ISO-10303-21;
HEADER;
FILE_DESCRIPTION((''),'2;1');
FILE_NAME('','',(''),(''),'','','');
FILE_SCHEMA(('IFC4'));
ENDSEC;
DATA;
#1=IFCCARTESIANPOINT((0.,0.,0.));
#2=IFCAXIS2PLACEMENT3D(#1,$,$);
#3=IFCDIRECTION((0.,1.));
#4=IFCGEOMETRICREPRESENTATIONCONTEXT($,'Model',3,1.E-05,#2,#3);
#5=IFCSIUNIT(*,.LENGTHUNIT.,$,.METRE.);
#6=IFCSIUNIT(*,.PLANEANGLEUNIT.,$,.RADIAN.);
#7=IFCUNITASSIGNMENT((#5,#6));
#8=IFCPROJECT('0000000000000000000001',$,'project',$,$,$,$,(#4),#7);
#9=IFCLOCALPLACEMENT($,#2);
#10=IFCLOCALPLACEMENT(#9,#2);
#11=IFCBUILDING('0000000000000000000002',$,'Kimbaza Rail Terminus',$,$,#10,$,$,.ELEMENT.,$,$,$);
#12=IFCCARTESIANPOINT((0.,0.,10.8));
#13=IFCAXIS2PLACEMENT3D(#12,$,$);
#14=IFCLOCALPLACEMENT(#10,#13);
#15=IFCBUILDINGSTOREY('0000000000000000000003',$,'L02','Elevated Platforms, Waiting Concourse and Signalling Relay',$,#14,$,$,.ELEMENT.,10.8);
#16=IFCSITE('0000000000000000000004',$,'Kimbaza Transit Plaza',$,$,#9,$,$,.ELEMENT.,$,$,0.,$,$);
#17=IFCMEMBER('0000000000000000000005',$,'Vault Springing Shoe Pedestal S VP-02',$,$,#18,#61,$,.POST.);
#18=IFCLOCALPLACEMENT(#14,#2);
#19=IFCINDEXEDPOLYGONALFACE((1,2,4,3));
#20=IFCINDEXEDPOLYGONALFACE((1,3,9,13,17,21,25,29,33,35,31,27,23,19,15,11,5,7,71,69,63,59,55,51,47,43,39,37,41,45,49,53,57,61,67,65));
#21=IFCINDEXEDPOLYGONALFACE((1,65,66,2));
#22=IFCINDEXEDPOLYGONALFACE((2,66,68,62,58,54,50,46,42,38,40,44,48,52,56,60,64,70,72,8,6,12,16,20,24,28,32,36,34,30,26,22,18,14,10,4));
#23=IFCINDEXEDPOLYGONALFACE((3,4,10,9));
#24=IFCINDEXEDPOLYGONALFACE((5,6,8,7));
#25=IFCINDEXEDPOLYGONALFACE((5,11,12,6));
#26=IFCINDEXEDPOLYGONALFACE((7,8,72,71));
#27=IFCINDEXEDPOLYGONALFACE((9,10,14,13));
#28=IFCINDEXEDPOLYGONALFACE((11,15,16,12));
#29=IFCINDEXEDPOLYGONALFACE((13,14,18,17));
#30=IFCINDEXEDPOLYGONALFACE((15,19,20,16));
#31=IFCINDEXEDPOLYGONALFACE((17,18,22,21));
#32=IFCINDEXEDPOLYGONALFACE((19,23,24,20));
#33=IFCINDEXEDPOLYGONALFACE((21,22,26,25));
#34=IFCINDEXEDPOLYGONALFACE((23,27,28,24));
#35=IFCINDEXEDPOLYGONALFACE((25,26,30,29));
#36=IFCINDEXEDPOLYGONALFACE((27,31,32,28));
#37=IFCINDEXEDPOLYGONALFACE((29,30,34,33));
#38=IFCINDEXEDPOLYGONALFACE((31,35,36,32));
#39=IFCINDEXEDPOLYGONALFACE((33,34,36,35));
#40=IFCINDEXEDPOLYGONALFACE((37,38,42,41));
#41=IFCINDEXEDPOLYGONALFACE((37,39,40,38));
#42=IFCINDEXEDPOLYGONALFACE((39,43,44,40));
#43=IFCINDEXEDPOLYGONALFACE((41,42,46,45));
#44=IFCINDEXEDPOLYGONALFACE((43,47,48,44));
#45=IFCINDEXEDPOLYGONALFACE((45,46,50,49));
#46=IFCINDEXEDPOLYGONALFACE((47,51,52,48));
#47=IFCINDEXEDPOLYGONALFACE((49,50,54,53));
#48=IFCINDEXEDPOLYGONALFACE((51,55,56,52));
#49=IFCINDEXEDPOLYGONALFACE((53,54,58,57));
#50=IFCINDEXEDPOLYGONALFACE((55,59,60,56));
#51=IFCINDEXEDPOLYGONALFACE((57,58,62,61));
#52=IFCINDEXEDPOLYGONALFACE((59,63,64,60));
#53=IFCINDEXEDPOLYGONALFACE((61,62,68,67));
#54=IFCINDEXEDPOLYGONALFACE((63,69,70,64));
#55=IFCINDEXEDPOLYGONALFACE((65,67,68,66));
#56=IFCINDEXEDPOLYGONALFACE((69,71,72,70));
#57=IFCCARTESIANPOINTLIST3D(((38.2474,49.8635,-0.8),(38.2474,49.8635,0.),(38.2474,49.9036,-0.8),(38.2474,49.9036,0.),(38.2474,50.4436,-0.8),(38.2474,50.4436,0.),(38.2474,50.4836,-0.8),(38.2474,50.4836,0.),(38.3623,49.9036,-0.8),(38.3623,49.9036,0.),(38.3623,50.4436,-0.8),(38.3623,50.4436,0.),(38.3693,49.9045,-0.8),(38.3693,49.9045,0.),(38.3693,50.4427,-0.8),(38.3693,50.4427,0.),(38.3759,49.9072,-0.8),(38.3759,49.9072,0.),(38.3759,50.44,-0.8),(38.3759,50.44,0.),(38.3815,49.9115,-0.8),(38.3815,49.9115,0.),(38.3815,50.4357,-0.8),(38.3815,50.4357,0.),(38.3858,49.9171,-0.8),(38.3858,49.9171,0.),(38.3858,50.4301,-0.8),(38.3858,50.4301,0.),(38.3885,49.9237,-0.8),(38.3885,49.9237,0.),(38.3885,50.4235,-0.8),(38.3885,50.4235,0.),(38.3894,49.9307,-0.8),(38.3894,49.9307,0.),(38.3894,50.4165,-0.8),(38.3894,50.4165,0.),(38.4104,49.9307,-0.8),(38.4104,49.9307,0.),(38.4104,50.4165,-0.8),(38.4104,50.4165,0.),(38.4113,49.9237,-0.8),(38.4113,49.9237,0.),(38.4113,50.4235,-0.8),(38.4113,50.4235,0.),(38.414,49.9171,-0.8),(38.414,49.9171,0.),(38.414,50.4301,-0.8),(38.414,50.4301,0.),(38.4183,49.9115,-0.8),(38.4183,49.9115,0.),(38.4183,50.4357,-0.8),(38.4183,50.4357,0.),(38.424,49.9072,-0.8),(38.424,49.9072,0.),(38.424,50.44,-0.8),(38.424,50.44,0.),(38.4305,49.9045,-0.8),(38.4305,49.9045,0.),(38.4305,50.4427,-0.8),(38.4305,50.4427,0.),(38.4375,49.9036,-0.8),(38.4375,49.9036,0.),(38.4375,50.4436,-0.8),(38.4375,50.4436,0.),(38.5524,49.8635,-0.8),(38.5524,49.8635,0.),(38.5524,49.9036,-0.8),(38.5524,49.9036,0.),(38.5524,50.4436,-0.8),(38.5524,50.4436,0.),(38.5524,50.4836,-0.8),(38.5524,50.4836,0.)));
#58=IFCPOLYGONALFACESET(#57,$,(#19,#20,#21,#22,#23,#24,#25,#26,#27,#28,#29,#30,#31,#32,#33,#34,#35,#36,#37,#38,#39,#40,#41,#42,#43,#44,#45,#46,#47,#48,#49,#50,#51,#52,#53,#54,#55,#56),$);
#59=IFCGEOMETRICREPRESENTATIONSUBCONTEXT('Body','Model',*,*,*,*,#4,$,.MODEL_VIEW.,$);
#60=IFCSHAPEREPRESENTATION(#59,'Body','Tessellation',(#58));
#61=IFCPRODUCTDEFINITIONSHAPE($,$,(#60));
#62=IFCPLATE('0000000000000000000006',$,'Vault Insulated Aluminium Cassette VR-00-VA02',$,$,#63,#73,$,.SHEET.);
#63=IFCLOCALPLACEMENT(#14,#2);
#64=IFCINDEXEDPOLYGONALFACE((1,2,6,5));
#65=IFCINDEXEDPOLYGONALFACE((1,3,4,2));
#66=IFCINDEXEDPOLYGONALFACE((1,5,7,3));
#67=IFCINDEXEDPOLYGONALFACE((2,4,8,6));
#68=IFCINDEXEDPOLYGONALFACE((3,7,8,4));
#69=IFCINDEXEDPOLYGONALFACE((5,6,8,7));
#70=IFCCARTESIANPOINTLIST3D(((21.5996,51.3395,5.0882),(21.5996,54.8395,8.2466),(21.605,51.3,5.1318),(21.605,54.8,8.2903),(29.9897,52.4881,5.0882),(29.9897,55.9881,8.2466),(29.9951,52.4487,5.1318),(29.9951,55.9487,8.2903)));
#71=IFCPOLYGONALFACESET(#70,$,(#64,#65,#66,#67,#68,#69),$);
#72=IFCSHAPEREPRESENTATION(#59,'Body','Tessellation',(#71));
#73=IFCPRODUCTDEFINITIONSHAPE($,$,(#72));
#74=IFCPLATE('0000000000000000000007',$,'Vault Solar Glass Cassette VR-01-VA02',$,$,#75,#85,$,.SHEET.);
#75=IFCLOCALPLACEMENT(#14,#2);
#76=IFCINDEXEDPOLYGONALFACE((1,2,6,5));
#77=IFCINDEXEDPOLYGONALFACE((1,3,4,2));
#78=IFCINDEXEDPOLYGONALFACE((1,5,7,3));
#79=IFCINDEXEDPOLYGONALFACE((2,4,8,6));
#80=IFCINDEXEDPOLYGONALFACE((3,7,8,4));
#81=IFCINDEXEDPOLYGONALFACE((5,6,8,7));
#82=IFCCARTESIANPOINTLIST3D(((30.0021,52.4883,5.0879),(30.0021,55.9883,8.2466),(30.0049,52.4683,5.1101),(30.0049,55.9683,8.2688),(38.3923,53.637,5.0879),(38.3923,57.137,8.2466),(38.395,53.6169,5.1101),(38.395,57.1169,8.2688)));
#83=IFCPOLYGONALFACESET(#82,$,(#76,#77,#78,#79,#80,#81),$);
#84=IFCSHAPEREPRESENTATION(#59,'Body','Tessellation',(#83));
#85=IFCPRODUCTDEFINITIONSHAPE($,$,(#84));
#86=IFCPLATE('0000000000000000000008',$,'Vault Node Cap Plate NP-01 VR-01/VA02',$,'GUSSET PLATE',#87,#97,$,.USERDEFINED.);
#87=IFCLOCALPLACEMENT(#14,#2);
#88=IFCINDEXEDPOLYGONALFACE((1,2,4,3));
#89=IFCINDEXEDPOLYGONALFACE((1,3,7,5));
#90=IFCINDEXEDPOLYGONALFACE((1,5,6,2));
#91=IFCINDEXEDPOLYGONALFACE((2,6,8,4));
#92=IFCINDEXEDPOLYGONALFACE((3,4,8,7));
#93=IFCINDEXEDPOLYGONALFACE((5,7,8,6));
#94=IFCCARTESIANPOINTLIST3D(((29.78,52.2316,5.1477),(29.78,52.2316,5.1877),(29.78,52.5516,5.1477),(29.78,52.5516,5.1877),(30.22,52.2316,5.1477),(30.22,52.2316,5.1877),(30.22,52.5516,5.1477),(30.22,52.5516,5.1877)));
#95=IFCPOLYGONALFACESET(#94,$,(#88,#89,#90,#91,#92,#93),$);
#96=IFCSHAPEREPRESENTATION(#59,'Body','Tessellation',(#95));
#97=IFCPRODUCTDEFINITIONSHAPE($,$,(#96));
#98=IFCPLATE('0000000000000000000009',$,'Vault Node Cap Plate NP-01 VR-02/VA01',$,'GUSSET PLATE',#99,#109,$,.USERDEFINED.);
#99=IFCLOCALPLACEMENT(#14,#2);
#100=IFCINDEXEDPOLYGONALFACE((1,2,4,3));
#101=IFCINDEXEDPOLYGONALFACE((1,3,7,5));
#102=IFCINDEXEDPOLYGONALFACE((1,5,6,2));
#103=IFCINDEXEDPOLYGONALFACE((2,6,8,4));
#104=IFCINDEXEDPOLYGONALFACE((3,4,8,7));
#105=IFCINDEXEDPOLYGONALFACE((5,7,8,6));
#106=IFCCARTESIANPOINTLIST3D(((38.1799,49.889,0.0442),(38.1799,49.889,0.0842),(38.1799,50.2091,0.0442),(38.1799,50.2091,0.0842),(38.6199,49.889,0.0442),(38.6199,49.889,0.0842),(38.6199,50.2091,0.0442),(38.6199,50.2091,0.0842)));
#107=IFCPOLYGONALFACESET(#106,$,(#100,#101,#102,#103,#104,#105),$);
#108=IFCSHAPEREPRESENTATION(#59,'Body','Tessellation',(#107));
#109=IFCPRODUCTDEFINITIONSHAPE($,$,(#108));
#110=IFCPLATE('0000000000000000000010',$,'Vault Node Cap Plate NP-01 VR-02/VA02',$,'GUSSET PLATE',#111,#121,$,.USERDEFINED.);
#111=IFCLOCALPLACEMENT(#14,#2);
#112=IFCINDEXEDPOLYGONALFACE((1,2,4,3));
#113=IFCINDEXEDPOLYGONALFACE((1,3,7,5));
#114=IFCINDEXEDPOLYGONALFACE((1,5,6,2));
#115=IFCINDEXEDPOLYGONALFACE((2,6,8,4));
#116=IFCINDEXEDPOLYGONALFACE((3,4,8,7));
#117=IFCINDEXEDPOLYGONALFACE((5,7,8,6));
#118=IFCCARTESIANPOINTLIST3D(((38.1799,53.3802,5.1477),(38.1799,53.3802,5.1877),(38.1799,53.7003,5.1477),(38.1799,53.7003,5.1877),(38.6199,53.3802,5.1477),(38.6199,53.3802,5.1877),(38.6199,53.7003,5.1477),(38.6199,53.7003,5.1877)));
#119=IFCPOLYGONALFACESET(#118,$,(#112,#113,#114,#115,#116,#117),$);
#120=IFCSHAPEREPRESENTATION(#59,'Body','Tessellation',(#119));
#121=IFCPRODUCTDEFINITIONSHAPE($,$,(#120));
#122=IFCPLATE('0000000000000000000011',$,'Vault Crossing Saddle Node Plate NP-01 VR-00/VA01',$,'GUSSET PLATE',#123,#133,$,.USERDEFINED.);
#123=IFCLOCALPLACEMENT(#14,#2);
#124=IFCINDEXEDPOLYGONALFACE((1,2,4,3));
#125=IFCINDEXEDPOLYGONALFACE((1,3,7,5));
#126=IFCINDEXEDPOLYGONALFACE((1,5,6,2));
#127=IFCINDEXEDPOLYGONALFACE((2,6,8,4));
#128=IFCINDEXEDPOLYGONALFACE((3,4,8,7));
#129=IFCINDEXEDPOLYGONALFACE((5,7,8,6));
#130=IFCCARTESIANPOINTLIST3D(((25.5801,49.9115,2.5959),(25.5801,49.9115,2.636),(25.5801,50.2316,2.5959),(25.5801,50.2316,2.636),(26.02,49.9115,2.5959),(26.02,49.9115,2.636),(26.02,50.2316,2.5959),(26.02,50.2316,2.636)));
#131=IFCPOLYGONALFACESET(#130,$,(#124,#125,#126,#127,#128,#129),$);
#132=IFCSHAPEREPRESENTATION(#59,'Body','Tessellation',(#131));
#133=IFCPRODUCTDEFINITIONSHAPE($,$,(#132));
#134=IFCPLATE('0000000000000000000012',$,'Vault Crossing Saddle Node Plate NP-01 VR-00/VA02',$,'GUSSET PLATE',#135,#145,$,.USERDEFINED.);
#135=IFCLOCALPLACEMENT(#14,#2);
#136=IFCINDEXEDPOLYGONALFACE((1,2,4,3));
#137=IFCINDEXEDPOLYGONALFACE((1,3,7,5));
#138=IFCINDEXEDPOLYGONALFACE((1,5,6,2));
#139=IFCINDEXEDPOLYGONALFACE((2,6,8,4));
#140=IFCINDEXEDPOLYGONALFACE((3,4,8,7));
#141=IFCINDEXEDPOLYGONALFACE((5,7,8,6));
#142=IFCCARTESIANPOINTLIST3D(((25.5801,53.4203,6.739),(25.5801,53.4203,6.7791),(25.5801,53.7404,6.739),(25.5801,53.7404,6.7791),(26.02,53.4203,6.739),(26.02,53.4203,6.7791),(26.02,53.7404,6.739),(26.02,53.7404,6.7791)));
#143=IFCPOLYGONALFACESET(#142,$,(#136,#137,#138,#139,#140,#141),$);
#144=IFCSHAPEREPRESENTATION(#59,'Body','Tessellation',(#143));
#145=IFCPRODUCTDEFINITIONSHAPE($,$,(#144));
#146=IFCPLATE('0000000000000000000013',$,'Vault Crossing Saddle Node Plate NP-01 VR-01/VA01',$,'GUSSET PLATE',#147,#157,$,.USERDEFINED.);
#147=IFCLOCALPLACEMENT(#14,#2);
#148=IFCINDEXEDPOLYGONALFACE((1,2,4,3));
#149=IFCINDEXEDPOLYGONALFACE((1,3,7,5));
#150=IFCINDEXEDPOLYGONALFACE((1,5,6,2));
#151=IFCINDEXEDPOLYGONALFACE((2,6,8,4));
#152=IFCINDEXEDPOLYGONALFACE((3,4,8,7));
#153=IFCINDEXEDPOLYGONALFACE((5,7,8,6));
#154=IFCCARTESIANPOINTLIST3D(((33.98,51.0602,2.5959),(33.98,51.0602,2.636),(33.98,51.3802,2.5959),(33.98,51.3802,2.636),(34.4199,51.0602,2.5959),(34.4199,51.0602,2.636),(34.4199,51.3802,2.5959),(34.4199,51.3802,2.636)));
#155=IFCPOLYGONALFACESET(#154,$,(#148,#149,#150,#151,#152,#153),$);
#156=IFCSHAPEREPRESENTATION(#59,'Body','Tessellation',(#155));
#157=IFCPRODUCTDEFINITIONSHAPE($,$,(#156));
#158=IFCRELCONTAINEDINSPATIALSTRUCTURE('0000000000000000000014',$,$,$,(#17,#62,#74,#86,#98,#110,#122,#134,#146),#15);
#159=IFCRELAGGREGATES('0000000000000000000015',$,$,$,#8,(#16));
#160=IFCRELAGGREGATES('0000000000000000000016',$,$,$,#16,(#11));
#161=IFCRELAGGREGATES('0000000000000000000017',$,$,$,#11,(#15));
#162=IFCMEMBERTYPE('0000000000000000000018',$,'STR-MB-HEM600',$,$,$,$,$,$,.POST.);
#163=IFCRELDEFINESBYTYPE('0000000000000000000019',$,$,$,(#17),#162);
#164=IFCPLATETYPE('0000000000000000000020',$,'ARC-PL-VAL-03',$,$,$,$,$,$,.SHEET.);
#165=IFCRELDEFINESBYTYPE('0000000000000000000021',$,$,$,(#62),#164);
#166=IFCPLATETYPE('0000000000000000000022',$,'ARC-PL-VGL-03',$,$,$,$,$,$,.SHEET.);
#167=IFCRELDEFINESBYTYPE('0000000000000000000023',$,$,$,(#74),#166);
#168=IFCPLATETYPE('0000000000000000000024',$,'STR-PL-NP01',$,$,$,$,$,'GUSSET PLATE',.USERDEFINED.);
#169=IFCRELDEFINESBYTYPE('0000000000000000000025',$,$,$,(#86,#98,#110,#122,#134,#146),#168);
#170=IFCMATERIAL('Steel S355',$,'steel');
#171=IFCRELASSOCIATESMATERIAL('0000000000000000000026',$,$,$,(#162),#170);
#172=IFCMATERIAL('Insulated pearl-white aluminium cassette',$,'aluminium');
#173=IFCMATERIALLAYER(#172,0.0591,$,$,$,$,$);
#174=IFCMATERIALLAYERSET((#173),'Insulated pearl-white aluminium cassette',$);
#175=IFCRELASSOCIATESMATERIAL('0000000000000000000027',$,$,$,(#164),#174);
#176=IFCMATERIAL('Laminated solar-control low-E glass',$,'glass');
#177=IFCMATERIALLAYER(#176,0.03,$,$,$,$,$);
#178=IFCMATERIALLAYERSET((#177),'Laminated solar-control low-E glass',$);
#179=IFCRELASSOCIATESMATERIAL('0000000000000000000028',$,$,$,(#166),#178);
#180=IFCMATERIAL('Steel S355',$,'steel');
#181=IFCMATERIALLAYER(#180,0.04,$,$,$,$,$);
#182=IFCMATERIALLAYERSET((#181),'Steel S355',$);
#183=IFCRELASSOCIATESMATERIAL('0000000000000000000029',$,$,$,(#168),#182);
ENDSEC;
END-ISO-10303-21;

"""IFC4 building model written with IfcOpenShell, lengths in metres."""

from ifc_helpers import new_model, si_unit, direction, frame, origin, origin_2d, place, context, subcontext, project, spatial, polyline, rectangle, i_section, outline, extrude, material, layer, layer_set, material_profile, profile_set, type_object, element, save


model = new_model("IFC4")

# Units and contexts
model_context = context("Model", 3, precision=1e-05, world=origin(), true_north=direction((0.0, 1.0)))
body_context = subcontext(model_context, "Body", "Model", "MODEL_VIEW")
ifc_project = project(units=[si_unit("LENGTHUNIT", "METRE"), si_unit("PLANEANGLEUNIT", "RADIAN")], contexts=[model_context])

# Site, building, storey
site_placement = place(None, origin())
site = spatial("IfcSite", under=ifc_project, at=site_placement, Name="Kimbaza Transit Plaza", CompositionType="ELEMENT", RefElevation=0.0)
building_placement = place(site_placement, origin())
building = spatial("IfcBuilding", under=site, at=building_placement, Name="Kimbaza Rail Terminus", CompositionType="ELEMENT")
storey_placement = place(building_placement, frame((0.0, 0.0, 10.8)))
storey = spatial("IfcBuildingStorey", under=building, at=storey_placement, Name="L02", Description="Elevated Platforms, Waiting Concourse and Signalling Relay", CompositionType="ELEMENT", Elevation=10.8)

# Member
ifc_material_1 = material(Name="Steel S355", Category="steel")
ifc_material_profile_1 = material_profile(ifc_material_1, i_section(OverallWidth=0.3049, OverallDepth=0.6201, WebThickness=0.021, FlangeThickness=0.04, FilletRadius=0.0271, at=origin_2d()), Name="HEM 600")
ifc_profile_set_1 = profile_set([ifc_material_profile_1], Name="Steel S355")
member_type_1 = type_object("IfcMemberType", Name="STR-MB-HEM600", PredefinedType="POST", material=ifc_profile_set_1)
member_1_placement = place(storey_placement, frame((38.3999, 50.1736, -0.8), z_axis=(0.0, 0.0, 1.0), x_axis=(1.0, 0.0, 0.0)))
element("IfcMember", 1, at=member_1_placement, inside=storey, type_object=member_type_1, Name="Vault Springing Shoe Pedestal S VP-02", PredefinedType="POST", context=body_context, shape_type="SweptSolid", body=[
    extrude(i_section(OverallWidth=0.3049, OverallDepth=0.6201, WebThickness=0.021, FlangeThickness=0.04, FilletRadius=0.0271, at=origin_2d()), origin(), (0.0, 0.0, 1.0), 0.8),
])

# Plates
ifc_material_2 = material(Name="Insulated pearl-white aluminium cassette", Category="aluminium")
ifc_layer_1 = layer(ifc_material_2, 0.0591)
ifc_layer_set_1 = layer_set([ifc_layer_1], Name="Insulated pearl-white aluminium cassette")
plate_type_1 = type_object("IfcPlateType", Name="ARC-PL-VAL-03", PredefinedType="SHEET", material=ifc_layer_set_1)
plate_1_placement = place(storey_placement, frame((21.605, 51.3, 5.1318), z_axis=(0.091339, -0.667154, 0.739299), x_axis=(0.990758, 0.135643, 0.0)))
element("IfcPlate", 2, at=plate_1_placement, inside=storey, type_object=plate_type_1, Name="Vault Insulated Aluminium Cassette VR-00-VA02", PredefinedType="SHEET", context=body_context, shape_type="SweptSolid", body=[
    extrude(outline(polyline([(0.0, 0.0), (8.4684, 0.0), (8.9432, 4.6905), (0.4748, 4.6905), (0.0, 0.0)])), origin(), (0.0, 0.0, -1.0), 0.0591),
])
ifc_material_3 = material(Name="Laminated solar-control low-E glass", Category="glass")
ifc_layer_2 = layer(ifc_material_3, 0.03)
ifc_layer_set_2 = layer_set([ifc_layer_2], Name="Laminated solar-control low-E glass")
plate_type_2 = type_object("IfcPlateType", Name="ARC-PL-VGL-03", PredefinedType="SHEET", material=ifc_layer_set_2)
plate_2_placement = place(storey_placement, frame((30.0049, 52.4683, 5.1101), z_axis=(0.091343, -0.667182, 0.739273), x_axis=(0.990758, 0.135643, 0.0)))
element("IfcPlate", 3, at=plate_2_placement, inside=storey, type_object=plate_type_2, Name="Vault Solar Glass Cassette VR-01-VA02", PredefinedType="SHEET", context=body_context, shape_type="SweptSolid", body=[
    extrude(outline(polyline([(0.0, 0.0), (8.4684, 0.0), (8.9432, 4.6906), (0.4748, 4.6906), (0.0, 0.0)])), origin(), (0.0, 0.0, -1.0), 0.03),
])
ifc_material_4 = material(Name="Steel S355", Category="steel")
ifc_layer_3 = layer(ifc_material_4, 0.04)
ifc_layer_set_3 = layer_set([ifc_layer_3], Name="Steel S355")
plate_type_3 = type_object("IfcPlateType", Name="STR-PL-NP01", ElementType="GUSSET PLATE", PredefinedType="USERDEFINED", material=ifc_layer_set_3)
for number, where, z_axis, x_axis, name in (
    (4, (30.0, 52.3916, 5.1477), (0.0, 0.0, 1.0), (1.0, 0.0, 0.0), "Vault Node Cap Plate NP-01 VR-01/VA02"),
    (5, (38.3999, 50.0491, 0.0442), (0.0, 0.0, 1.0), (1.0, 0.0, 0.0), "Vault Node Cap Plate NP-01 VR-02/VA01"),
    (6, (38.3999, 53.5403, 5.1477), (0.0, 0.0, 1.0), (1.0, 0.0, 0.0), "Vault Node Cap Plate NP-01 VR-02/VA02"),
    (7, (25.8, 50.0715, 2.5959), (0.0, 0.0, 1.0), (1.0, 0.0, 0.0), "Vault Crossing Saddle Node Plate NP-01 VR-00/VA01"),
    (8, (25.8, 53.5803, 6.739), (0.0, 0.0, 1.0), (1.0, 0.0, 0.0), "Vault Crossing Saddle Node Plate NP-01 VR-00/VA02"),
    (9, (34.2, 51.2202, 2.5959), (0.0, 0.0, 1.0), (1.0, 0.0, 0.0), "Vault Crossing Saddle Node Plate NP-01 VR-01/VA01"),
):
    element("IfcPlate", number, at=place(storey_placement, frame(where, z_axis=z_axis, x_axis=x_axis)), inside=storey, type_object=plate_type_3, Name=name, ObjectType="GUSSET PLATE", PredefinedType="USERDEFINED", context=body_context, shape_type="SweptSolid", body=[
        extrude(rectangle(XDim=0.4399, YDim=0.3201, at=origin_2d()), origin(), (0.0, 0.0, 1.0), 0.04),
    ])

save(model, "model.ifc")
